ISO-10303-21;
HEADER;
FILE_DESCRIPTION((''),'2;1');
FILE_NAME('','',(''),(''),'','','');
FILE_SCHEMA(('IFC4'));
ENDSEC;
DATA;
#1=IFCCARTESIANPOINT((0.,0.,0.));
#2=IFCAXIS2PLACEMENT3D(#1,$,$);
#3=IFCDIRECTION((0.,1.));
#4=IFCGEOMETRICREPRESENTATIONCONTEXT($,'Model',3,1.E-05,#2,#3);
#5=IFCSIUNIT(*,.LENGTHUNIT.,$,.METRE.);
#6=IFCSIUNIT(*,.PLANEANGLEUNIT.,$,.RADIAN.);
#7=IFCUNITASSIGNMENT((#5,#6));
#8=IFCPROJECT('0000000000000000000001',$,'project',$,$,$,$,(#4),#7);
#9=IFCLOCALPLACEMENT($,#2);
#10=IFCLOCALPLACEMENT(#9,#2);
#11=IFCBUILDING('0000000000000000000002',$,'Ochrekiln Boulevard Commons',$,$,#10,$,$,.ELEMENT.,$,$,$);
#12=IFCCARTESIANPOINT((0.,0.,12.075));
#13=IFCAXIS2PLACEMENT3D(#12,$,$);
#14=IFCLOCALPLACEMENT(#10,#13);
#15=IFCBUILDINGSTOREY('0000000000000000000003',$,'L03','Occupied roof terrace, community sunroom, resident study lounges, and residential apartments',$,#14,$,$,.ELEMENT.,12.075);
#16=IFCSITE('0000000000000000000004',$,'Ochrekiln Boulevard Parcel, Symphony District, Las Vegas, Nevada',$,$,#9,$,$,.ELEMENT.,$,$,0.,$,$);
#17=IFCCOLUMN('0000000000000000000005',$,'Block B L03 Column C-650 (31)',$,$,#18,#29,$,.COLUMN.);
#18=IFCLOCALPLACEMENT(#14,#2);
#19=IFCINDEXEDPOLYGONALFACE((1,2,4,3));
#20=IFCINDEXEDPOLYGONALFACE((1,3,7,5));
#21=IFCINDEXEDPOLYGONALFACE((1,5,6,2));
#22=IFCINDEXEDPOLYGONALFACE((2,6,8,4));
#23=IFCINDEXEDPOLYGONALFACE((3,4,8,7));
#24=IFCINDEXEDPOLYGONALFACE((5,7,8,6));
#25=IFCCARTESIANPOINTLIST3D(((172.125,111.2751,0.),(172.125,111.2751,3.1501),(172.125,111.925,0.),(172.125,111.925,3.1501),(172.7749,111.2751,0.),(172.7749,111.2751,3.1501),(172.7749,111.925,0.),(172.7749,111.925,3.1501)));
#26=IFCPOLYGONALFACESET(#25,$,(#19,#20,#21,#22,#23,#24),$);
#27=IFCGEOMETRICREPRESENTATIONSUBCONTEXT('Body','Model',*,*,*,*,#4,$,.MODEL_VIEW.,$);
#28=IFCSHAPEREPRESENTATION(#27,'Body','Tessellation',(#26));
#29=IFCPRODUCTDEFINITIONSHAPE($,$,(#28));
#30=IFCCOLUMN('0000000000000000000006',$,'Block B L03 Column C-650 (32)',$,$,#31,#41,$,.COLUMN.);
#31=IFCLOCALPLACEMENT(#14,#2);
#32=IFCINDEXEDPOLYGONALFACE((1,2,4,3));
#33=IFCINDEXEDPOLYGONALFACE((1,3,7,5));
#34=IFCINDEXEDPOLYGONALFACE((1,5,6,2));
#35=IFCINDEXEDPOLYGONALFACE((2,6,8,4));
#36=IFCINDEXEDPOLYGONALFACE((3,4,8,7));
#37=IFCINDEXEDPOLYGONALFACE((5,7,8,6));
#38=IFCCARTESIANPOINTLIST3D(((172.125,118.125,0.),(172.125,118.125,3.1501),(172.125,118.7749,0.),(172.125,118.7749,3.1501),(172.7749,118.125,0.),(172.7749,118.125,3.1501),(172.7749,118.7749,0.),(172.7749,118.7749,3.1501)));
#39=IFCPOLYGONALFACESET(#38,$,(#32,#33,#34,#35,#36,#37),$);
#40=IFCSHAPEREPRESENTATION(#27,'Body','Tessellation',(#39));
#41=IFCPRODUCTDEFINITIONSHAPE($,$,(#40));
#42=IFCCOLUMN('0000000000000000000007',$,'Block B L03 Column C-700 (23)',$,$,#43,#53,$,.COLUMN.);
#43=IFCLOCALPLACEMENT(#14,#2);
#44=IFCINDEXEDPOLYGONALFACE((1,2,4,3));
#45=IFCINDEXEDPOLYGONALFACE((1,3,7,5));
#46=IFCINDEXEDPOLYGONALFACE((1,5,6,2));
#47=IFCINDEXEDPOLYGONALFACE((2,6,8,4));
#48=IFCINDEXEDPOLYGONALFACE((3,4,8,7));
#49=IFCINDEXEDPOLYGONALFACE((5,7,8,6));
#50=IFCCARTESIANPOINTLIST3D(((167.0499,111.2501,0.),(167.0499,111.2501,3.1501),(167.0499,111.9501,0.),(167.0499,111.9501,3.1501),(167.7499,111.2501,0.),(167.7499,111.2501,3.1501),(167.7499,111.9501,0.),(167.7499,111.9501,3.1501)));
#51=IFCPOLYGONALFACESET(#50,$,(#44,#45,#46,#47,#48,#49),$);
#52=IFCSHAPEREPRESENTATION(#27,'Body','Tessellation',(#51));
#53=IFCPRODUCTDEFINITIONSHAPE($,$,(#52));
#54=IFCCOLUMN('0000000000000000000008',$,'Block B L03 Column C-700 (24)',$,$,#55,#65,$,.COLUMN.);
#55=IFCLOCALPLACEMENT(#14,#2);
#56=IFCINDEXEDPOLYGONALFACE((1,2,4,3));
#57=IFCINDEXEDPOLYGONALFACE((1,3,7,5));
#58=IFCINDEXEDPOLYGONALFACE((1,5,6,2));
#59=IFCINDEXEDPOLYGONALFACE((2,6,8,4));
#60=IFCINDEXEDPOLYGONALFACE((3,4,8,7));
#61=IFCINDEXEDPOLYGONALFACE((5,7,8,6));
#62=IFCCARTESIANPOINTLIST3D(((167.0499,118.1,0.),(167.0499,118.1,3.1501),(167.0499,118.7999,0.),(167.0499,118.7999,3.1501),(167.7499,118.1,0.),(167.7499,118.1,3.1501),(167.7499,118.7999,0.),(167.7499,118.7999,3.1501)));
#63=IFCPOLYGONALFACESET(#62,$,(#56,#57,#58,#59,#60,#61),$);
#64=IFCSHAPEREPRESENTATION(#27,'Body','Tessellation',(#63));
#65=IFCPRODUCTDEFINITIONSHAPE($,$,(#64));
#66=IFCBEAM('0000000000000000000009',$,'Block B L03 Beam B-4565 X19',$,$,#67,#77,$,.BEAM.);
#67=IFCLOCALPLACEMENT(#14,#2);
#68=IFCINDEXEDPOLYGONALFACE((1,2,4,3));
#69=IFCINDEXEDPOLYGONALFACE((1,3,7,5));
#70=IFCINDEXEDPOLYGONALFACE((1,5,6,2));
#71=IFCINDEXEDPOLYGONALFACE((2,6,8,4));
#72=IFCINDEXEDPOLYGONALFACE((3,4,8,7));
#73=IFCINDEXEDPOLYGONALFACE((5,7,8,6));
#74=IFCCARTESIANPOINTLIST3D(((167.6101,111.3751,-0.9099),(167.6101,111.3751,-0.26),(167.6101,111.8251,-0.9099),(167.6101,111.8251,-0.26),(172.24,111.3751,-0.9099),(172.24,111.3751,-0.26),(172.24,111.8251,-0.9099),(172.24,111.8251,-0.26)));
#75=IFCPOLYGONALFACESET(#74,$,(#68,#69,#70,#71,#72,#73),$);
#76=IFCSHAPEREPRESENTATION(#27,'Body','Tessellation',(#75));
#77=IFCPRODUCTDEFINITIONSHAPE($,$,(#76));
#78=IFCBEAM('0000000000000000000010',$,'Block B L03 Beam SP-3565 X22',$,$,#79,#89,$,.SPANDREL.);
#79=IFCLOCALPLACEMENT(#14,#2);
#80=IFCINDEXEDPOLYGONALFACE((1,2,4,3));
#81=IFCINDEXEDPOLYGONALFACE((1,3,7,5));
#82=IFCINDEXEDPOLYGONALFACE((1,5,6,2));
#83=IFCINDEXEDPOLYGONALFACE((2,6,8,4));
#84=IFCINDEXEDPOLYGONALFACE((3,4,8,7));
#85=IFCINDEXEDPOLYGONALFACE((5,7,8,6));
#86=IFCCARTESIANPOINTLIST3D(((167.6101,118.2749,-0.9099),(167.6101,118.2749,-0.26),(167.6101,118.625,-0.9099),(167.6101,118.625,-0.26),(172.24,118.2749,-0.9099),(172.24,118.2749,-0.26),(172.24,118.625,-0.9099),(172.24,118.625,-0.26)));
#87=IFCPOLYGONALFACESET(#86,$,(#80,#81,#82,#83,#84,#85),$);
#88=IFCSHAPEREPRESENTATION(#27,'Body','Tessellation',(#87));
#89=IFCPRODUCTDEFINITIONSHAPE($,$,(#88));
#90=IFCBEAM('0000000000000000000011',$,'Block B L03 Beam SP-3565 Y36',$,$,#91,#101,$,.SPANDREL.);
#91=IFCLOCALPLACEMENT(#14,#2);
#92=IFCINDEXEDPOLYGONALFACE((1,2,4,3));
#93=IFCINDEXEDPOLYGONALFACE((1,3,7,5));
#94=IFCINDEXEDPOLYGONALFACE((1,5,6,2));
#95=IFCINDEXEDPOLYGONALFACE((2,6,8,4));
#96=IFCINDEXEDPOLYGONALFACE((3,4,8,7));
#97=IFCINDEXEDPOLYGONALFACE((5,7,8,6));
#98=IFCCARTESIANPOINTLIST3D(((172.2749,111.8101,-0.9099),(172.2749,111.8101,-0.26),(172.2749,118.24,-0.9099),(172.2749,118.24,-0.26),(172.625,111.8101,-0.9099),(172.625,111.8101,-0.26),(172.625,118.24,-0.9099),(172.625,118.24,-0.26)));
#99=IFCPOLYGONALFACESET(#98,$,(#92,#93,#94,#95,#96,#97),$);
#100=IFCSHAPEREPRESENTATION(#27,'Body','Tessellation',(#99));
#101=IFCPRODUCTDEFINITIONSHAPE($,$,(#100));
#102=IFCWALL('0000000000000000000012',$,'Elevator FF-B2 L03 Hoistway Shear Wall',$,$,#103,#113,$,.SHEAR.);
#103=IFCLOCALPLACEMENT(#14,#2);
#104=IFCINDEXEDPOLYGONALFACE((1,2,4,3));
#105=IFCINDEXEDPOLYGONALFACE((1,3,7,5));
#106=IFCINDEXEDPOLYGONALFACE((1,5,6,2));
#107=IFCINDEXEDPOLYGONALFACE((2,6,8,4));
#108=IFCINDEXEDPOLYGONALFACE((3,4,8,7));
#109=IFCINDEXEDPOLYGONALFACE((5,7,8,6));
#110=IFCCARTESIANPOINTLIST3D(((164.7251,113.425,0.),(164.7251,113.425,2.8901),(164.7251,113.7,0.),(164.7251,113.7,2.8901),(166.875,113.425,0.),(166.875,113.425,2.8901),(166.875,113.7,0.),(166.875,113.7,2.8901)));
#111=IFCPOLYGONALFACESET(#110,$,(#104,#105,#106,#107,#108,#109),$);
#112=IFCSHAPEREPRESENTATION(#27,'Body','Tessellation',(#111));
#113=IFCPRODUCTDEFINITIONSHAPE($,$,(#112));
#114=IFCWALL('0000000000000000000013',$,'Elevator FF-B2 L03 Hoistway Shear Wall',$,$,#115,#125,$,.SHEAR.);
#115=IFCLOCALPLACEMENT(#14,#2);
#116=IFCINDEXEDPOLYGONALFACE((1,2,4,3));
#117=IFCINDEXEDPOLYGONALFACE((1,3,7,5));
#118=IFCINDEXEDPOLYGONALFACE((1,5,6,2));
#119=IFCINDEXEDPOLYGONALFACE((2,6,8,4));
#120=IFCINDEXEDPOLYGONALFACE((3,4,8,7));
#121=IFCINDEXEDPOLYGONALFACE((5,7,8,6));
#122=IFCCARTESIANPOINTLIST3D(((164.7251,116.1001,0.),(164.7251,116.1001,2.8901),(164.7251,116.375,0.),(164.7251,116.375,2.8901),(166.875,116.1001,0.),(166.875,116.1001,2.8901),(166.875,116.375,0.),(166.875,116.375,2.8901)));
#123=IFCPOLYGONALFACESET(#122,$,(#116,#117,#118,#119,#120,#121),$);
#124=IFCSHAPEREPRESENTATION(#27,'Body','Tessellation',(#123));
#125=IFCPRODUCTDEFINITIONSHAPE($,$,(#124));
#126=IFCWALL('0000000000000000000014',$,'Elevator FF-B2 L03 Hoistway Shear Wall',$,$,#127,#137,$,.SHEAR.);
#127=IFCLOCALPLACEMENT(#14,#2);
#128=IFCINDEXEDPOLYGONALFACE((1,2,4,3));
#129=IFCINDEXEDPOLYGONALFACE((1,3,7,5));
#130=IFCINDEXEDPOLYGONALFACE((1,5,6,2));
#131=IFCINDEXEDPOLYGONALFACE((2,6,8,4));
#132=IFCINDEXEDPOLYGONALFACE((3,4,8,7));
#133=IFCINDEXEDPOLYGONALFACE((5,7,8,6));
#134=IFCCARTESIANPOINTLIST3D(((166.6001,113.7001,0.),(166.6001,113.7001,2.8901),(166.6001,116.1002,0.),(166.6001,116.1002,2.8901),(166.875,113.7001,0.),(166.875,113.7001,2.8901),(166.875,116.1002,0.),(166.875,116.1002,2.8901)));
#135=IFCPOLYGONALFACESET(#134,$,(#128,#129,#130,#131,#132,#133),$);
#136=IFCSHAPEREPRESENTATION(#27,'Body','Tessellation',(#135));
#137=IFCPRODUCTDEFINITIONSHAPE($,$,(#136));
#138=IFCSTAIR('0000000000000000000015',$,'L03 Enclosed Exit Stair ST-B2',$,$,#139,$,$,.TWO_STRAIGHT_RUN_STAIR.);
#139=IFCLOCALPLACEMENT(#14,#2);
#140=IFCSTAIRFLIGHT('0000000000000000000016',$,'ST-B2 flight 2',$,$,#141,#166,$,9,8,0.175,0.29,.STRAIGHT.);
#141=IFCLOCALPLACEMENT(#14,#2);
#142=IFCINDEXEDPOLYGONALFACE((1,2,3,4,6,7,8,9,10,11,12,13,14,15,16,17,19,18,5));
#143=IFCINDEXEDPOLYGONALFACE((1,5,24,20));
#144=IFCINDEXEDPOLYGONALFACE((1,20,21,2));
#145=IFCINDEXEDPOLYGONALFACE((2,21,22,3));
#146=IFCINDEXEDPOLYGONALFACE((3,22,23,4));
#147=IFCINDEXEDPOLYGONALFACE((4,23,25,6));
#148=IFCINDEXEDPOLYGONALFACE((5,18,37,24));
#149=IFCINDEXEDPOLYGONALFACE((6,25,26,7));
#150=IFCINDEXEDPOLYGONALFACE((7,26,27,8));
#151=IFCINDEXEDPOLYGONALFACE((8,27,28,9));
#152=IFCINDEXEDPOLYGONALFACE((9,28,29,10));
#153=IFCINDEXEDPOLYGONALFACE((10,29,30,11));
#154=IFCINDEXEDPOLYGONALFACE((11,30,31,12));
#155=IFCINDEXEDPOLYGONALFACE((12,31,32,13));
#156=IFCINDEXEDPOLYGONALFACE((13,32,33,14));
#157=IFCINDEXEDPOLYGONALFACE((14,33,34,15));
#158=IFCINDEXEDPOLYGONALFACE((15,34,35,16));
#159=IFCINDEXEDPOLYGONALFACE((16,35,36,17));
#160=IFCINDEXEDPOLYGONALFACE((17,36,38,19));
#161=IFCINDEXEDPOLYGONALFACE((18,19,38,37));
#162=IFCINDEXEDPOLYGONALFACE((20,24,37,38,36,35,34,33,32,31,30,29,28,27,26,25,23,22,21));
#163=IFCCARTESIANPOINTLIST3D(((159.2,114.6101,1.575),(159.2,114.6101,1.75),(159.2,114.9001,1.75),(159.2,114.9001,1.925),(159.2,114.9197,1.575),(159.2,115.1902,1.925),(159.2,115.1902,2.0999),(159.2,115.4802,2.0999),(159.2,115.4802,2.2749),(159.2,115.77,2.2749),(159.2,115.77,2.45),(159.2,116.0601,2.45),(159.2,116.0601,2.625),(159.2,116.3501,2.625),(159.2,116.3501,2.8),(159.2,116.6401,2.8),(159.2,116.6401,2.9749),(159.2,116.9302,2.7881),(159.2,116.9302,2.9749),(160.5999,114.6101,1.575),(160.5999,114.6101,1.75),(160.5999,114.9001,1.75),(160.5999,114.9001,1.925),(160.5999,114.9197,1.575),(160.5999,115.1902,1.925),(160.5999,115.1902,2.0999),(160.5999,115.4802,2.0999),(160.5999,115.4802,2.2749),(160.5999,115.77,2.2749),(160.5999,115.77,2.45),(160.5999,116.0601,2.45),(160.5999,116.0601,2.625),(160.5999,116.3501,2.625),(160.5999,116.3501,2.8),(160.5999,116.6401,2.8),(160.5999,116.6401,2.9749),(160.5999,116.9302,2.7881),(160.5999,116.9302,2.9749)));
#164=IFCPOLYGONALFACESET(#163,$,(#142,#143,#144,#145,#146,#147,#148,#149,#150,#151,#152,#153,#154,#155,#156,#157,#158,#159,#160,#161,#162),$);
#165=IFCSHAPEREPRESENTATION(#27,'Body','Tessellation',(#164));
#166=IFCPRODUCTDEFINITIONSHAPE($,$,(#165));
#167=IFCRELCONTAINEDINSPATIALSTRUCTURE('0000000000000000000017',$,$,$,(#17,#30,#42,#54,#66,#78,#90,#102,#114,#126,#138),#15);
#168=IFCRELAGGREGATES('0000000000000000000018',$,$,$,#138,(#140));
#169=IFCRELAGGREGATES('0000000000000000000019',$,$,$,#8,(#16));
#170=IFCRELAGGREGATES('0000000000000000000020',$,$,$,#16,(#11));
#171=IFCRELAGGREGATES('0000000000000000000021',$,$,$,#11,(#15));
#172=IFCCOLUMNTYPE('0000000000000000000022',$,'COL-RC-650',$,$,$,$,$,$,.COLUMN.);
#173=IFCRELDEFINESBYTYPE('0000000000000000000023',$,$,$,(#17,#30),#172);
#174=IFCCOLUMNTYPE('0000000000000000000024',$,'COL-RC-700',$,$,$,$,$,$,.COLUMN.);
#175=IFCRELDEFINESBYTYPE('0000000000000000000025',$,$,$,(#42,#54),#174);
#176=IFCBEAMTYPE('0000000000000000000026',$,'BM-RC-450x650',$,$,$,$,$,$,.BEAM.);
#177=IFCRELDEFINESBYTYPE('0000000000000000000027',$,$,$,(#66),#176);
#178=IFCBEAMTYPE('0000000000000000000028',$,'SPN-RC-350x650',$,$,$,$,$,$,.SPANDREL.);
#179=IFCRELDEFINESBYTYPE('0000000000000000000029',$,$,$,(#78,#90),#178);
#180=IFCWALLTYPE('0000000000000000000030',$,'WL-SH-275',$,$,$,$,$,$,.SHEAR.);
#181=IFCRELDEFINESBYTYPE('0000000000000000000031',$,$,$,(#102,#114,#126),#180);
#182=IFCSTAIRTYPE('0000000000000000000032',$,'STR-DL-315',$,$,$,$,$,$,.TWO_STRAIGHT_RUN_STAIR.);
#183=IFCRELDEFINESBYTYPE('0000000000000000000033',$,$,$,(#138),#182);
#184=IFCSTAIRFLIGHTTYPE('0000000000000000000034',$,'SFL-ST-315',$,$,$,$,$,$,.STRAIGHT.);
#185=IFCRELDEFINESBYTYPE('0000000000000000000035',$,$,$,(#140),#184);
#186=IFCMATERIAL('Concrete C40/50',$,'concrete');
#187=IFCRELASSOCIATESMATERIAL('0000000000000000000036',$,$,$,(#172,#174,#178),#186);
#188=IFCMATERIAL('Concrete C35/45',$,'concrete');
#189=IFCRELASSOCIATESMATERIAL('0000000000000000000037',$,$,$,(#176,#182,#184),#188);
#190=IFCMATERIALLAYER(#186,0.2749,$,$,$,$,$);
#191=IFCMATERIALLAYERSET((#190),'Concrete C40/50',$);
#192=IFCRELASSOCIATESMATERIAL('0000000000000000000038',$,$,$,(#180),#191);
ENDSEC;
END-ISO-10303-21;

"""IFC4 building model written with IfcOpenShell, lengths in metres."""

from ifc_helpers import new_model, si_unit, direction, frame, frame_2d, origin, origin_2d, place, context, subcontext, project, spatial, polyline, rectangle, outline, extrude, material, layer, layer_set, material_profile, profile_set, type_object, element, aggregate, save


model = new_model("IFC4")

# Units and contexts
model_context = context("Model", 3, precision=1e-05, world=origin(), true_north=direction((0.0, 1.0)))
body_context = subcontext(model_context, "Body", "Model", "MODEL_VIEW")
ifc_project = project(units=[si_unit("LENGTHUNIT", "METRE"), si_unit("PLANEANGLEUNIT", "RADIAN")], contexts=[model_context])

# Site, building, storey
site_placement = place(None, origin())
site = spatial("IfcSite", under=ifc_project, at=site_placement, Name="Ochrekiln Boulevard Parcel, Symphony District, Las Vegas, Nevada", CompositionType="ELEMENT", RefElevation=0.0)
building_placement = place(site_placement, origin())
building = spatial("IfcBuilding", under=site, at=building_placement, Name="Ochrekiln Boulevard Commons", CompositionType="ELEMENT")
storey_placement = place(building_placement, frame((0.0, 0.0, 12.075)))
storey = spatial("IfcBuildingStorey", under=building, at=storey_placement, Name="L03", Description="Occupied roof terrace, community sunroom, resident study lounges, and residential apartments", CompositionType="ELEMENT", Elevation=12.075)

# Columns
ifc_material_1 = material(Name="Concrete C40/50", Category="concrete")
ifc_material_profile_1 = material_profile(ifc_material_1, rectangle(XDim=0.6499, YDim=0.6499, at=origin_2d()), Name="RC-COL-650x650")
ifc_profile_set_1 = profile_set([ifc_material_profile_1], Name="Concrete C40/50")
column_type_1 = type_object("IfcColumnType", Name="COL-RC-650", PredefinedType="COLUMN", material=ifc_profile_set_1)
for number, where, z_axis, x_axis, name in (
    (1, (172.45, 111.6001, 0.0), (0.0, 0.0, 1.0), (1.0, 0.0, 0.0), "Block B L03 Column C-650 (31)"),
    (2, (172.45, 118.45, 0.0), (0.0, 0.0, 1.0), (1.0, 0.0, 0.0), "Block B L03 Column C-650 (32)"),
):
    element("IfcColumn", number, at=place(storey_placement, frame(where, z_axis=z_axis, x_axis=x_axis)), inside=storey, type_object=column_type_1, Name=name, PredefinedType="COLUMN", context=body_context, shape_type="SweptSolid", body=[
        extrude(rectangle(XDim=0.6499, YDim=0.6499, at=origin_2d()), origin(), (0.0, 0.0, 1.0), 3.1501),
    ])
ifc_material_profile_2 = material_profile(ifc_material_1, rectangle(XDim=0.7, YDim=0.7, at=origin_2d()), Name="RC-COL-700x700")
ifc_profile_set_2 = profile_set([ifc_material_profile_2], Name="Concrete C40/50")
column_type_2 = type_object("IfcColumnType", Name="COL-RC-700", PredefinedType="COLUMN", material=ifc_profile_set_2)
for number, where, z_axis, x_axis, name in (
    (3, (167.3999, 111.6001, 0.0), (0.0, 0.0, 1.0), (1.0, 0.0, 0.0), "Block B L03 Column C-700 (23)"),
    (4, (167.3999, 118.45, 0.0), (0.0, 0.0, 1.0), (1.0, 0.0, 0.0), "Block B L03 Column C-700 (24)"),
):
    element("IfcColumn", number, at=place(storey_placement, frame(where, z_axis=z_axis, x_axis=x_axis)), inside=storey, type_object=column_type_2, Name=name, PredefinedType="COLUMN", context=body_context, shape_type="SweptSolid", body=[
        extrude(rectangle(XDim=0.7, YDim=0.7, at=origin_2d()), origin(), (0.0, 0.0, 1.0), 3.1501),
    ])

# Beams
ifc_material_2 = material(Name="Concrete C35/45", Category="concrete")
ifc_material_profile_3 = material_profile(ifc_material_2, rectangle(XDim=0.45, YDim=0.6499, at=origin_2d()), Name="RC-BM-450x650")
ifc_profile_set_3 = profile_set([ifc_material_profile_3], Name="Concrete C35/45")
beam_type_1 = type_object("IfcBeamType", Name="BM-RC-450x650", PredefinedType="BEAM", material=ifc_profile_set_3)
beam_1_placement = place(storey_placement, frame((167.6101, 111.6001, -0.585), z_axis=(1.0, 0.0, 0.0), x_axis=(0.0, 1.0, 0.0)))
element("IfcBeam", 5, at=beam_1_placement, inside=storey, type_object=beam_type_1, Name="Block B L03 Beam B-4565 X19", PredefinedType="BEAM", context=body_context, shape_type="SweptSolid", body=[
    extrude(rectangle(XDim=0.45, YDim=0.6499, at=origin_2d()), origin(), (0.0, 0.0, 1.0), 4.6299),
])
ifc_material_profile_4 = material_profile(ifc_material_1, rectangle(XDim=0.3501, YDim=0.6499, at=origin_2d()), Name="RC-SPN-350x650")
ifc_profile_set_4 = profile_set([ifc_material_profile_4], Name="Concrete C40/50")
beam_type_2 = type_object("IfcBeamType", Name="SPN-RC-350x650", PredefinedType="SPANDREL", material=ifc_profile_set_4)
beam_2_placement = place(storey_placement, frame((167.6101, 118.45, -0.585), z_axis=(1.0, 0.0, 0.0), x_axis=(0.0, 1.0, 0.0)))
element("IfcBeam", 6, at=beam_2_placement, inside=storey, type_object=beam_type_2, Name="Block B L03 Beam SP-3565 X22", PredefinedType="SPANDREL", context=body_context, shape_type="SweptSolid", body=[
    extrude(rectangle(XDim=0.3501, YDim=0.6499, at=origin_2d()), origin(), (0.0, 0.0, 1.0), 4.6299),
])
beam_3_placement = place(storey_placement, frame((172.45, 111.8101, -0.585), z_axis=(0.0, 1.0, 0.0), x_axis=(-1.0, 0.0, 0.0)))
element("IfcBeam", 7, at=beam_3_placement, inside=storey, type_object=beam_type_2, Name="Block B L03 Beam SP-3565 Y36", PredefinedType="SPANDREL", context=body_context, shape_type="SweptSolid", body=[
    extrude(rectangle(XDim=0.3501, YDim=0.6499, at=origin_2d()), origin(), (0.0, 0.0, 1.0), 6.4299),
])

# Walls
ifc_layer_1 = layer(ifc_material_1, 0.2749)
ifc_layer_set_1 = layer_set([ifc_layer_1], Name="Concrete C40/50")
wall_type_1 = type_object("IfcWallType", Name="WL-SH-275", PredefinedType="SHEAR", material=ifc_layer_set_1)
for number, where, z_axis, x_axis, name in (
    (8, (164.7251, 113.5625, 0.0), (0.0, 0.0, 1.0), (1.0, 0.0, 0.0), "Elevator FF-B2 L03 Hoistway Shear Wall"),
    (9, (164.7251, 116.2375, 0.0), (0.0, 0.0, 1.0), (1.0, 0.0, 0.0), "Elevator FF-B2 L03 Hoistway Shear Wall"),
):
    element("IfcWall", number, at=place(storey_placement, frame(where, z_axis=z_axis, x_axis=x_axis)), inside=storey, type_object=wall_type_1, Name=name, PredefinedType="SHEAR", context=body_context, shape_type="SweptSolid", body=[
        extrude(rectangle(XDim=2.1499, YDim=0.2749, at=frame_2d((1.075, 0.0))), origin(), (0.0, 0.0, 1.0), 2.8901),
    ])

# Wall
wall_1_placement = place(storey_placement, frame((166.7375, 113.7, 0.0), z_axis=(0.0, 0.0, 1.0), x_axis=(0.0, 1.0, 0.0)))
element("IfcWall", 10, at=wall_1_placement, inside=storey, type_object=wall_type_1, Name="Elevator FF-B2 L03 Hoistway Shear Wall", PredefinedType="SHEAR", context=body_context, shape_type="SweptSolid", body=[
    extrude(rectangle(XDim=2.4001, YDim=0.2749, at=frame_2d((1.2002, 0.0))), origin(), (0.0, 0.0, 1.0), 2.8901),
])

# Stair, stair flight
stair_type = type_object("IfcStairType", Name="STR-DL-315", PredefinedType="TWO_STRAIGHT_RUN_STAIR", material=ifc_material_2)
stair_placement = place(storey_placement, origin())
stair = element("IfcStair", 11, at=stair_placement, inside=storey, type_object=stair_type, Name="L03 Enclosed Exit Stair ST-B2", PredefinedType="TWO_STRAIGHT_RUN_STAIR")
stair_flight_type = type_object("IfcStairFlightType", Name="SFL-ST-315", PredefinedType="STRAIGHT", material=ifc_material_2)
stair_flight_placement = place(storey_placement, frame((159.8999, 114.6101, 1.575), z_axis=(0.0, 0.0, 1.0), x_axis=(0.0, 1.0, 0.0)))
stair_flight = element("IfcStairFlight", 12, at=stair_flight_placement, type_object=stair_flight_type, Name="ST-B2 flight 2", NumberOfRisers=9, NumberOfTreads=8, PredefinedType="STRAIGHT", RiserHeight=0.175, TreadLength=0.29, context=body_context, shape_type="SweptSolid", body=[
    extrude(outline(polyline([(0.0, 0.0), (0.0, 0.175), (0.29, 0.175), (0.29, 0.3501), (0.5801, 0.3501), (0.5801, 0.5249), (0.8701, 0.5249), (0.8701, 0.7), (1.1599, 0.7), (1.1599, 0.875), (1.45, 0.875), (1.45, 1.05), (1.74, 1.05), (1.74, 1.2251), (2.03, 1.2251), (2.03, 1.3999), (2.3201, 1.3999), (2.3201, 1.575), (2.3201, 1.2131), (0.3096, 0.0), (0.0, 0.0)])), frame((0.0, 0.7, 0.0), z_axis=(0.0, -1.0, 0.0), x_axis=(1.0, 0.0, 0.0)), (0.0, 0.0, 1.0), 1.3999),
])
aggregate(stair, [stair_flight])

save(model, "model.ifc")
